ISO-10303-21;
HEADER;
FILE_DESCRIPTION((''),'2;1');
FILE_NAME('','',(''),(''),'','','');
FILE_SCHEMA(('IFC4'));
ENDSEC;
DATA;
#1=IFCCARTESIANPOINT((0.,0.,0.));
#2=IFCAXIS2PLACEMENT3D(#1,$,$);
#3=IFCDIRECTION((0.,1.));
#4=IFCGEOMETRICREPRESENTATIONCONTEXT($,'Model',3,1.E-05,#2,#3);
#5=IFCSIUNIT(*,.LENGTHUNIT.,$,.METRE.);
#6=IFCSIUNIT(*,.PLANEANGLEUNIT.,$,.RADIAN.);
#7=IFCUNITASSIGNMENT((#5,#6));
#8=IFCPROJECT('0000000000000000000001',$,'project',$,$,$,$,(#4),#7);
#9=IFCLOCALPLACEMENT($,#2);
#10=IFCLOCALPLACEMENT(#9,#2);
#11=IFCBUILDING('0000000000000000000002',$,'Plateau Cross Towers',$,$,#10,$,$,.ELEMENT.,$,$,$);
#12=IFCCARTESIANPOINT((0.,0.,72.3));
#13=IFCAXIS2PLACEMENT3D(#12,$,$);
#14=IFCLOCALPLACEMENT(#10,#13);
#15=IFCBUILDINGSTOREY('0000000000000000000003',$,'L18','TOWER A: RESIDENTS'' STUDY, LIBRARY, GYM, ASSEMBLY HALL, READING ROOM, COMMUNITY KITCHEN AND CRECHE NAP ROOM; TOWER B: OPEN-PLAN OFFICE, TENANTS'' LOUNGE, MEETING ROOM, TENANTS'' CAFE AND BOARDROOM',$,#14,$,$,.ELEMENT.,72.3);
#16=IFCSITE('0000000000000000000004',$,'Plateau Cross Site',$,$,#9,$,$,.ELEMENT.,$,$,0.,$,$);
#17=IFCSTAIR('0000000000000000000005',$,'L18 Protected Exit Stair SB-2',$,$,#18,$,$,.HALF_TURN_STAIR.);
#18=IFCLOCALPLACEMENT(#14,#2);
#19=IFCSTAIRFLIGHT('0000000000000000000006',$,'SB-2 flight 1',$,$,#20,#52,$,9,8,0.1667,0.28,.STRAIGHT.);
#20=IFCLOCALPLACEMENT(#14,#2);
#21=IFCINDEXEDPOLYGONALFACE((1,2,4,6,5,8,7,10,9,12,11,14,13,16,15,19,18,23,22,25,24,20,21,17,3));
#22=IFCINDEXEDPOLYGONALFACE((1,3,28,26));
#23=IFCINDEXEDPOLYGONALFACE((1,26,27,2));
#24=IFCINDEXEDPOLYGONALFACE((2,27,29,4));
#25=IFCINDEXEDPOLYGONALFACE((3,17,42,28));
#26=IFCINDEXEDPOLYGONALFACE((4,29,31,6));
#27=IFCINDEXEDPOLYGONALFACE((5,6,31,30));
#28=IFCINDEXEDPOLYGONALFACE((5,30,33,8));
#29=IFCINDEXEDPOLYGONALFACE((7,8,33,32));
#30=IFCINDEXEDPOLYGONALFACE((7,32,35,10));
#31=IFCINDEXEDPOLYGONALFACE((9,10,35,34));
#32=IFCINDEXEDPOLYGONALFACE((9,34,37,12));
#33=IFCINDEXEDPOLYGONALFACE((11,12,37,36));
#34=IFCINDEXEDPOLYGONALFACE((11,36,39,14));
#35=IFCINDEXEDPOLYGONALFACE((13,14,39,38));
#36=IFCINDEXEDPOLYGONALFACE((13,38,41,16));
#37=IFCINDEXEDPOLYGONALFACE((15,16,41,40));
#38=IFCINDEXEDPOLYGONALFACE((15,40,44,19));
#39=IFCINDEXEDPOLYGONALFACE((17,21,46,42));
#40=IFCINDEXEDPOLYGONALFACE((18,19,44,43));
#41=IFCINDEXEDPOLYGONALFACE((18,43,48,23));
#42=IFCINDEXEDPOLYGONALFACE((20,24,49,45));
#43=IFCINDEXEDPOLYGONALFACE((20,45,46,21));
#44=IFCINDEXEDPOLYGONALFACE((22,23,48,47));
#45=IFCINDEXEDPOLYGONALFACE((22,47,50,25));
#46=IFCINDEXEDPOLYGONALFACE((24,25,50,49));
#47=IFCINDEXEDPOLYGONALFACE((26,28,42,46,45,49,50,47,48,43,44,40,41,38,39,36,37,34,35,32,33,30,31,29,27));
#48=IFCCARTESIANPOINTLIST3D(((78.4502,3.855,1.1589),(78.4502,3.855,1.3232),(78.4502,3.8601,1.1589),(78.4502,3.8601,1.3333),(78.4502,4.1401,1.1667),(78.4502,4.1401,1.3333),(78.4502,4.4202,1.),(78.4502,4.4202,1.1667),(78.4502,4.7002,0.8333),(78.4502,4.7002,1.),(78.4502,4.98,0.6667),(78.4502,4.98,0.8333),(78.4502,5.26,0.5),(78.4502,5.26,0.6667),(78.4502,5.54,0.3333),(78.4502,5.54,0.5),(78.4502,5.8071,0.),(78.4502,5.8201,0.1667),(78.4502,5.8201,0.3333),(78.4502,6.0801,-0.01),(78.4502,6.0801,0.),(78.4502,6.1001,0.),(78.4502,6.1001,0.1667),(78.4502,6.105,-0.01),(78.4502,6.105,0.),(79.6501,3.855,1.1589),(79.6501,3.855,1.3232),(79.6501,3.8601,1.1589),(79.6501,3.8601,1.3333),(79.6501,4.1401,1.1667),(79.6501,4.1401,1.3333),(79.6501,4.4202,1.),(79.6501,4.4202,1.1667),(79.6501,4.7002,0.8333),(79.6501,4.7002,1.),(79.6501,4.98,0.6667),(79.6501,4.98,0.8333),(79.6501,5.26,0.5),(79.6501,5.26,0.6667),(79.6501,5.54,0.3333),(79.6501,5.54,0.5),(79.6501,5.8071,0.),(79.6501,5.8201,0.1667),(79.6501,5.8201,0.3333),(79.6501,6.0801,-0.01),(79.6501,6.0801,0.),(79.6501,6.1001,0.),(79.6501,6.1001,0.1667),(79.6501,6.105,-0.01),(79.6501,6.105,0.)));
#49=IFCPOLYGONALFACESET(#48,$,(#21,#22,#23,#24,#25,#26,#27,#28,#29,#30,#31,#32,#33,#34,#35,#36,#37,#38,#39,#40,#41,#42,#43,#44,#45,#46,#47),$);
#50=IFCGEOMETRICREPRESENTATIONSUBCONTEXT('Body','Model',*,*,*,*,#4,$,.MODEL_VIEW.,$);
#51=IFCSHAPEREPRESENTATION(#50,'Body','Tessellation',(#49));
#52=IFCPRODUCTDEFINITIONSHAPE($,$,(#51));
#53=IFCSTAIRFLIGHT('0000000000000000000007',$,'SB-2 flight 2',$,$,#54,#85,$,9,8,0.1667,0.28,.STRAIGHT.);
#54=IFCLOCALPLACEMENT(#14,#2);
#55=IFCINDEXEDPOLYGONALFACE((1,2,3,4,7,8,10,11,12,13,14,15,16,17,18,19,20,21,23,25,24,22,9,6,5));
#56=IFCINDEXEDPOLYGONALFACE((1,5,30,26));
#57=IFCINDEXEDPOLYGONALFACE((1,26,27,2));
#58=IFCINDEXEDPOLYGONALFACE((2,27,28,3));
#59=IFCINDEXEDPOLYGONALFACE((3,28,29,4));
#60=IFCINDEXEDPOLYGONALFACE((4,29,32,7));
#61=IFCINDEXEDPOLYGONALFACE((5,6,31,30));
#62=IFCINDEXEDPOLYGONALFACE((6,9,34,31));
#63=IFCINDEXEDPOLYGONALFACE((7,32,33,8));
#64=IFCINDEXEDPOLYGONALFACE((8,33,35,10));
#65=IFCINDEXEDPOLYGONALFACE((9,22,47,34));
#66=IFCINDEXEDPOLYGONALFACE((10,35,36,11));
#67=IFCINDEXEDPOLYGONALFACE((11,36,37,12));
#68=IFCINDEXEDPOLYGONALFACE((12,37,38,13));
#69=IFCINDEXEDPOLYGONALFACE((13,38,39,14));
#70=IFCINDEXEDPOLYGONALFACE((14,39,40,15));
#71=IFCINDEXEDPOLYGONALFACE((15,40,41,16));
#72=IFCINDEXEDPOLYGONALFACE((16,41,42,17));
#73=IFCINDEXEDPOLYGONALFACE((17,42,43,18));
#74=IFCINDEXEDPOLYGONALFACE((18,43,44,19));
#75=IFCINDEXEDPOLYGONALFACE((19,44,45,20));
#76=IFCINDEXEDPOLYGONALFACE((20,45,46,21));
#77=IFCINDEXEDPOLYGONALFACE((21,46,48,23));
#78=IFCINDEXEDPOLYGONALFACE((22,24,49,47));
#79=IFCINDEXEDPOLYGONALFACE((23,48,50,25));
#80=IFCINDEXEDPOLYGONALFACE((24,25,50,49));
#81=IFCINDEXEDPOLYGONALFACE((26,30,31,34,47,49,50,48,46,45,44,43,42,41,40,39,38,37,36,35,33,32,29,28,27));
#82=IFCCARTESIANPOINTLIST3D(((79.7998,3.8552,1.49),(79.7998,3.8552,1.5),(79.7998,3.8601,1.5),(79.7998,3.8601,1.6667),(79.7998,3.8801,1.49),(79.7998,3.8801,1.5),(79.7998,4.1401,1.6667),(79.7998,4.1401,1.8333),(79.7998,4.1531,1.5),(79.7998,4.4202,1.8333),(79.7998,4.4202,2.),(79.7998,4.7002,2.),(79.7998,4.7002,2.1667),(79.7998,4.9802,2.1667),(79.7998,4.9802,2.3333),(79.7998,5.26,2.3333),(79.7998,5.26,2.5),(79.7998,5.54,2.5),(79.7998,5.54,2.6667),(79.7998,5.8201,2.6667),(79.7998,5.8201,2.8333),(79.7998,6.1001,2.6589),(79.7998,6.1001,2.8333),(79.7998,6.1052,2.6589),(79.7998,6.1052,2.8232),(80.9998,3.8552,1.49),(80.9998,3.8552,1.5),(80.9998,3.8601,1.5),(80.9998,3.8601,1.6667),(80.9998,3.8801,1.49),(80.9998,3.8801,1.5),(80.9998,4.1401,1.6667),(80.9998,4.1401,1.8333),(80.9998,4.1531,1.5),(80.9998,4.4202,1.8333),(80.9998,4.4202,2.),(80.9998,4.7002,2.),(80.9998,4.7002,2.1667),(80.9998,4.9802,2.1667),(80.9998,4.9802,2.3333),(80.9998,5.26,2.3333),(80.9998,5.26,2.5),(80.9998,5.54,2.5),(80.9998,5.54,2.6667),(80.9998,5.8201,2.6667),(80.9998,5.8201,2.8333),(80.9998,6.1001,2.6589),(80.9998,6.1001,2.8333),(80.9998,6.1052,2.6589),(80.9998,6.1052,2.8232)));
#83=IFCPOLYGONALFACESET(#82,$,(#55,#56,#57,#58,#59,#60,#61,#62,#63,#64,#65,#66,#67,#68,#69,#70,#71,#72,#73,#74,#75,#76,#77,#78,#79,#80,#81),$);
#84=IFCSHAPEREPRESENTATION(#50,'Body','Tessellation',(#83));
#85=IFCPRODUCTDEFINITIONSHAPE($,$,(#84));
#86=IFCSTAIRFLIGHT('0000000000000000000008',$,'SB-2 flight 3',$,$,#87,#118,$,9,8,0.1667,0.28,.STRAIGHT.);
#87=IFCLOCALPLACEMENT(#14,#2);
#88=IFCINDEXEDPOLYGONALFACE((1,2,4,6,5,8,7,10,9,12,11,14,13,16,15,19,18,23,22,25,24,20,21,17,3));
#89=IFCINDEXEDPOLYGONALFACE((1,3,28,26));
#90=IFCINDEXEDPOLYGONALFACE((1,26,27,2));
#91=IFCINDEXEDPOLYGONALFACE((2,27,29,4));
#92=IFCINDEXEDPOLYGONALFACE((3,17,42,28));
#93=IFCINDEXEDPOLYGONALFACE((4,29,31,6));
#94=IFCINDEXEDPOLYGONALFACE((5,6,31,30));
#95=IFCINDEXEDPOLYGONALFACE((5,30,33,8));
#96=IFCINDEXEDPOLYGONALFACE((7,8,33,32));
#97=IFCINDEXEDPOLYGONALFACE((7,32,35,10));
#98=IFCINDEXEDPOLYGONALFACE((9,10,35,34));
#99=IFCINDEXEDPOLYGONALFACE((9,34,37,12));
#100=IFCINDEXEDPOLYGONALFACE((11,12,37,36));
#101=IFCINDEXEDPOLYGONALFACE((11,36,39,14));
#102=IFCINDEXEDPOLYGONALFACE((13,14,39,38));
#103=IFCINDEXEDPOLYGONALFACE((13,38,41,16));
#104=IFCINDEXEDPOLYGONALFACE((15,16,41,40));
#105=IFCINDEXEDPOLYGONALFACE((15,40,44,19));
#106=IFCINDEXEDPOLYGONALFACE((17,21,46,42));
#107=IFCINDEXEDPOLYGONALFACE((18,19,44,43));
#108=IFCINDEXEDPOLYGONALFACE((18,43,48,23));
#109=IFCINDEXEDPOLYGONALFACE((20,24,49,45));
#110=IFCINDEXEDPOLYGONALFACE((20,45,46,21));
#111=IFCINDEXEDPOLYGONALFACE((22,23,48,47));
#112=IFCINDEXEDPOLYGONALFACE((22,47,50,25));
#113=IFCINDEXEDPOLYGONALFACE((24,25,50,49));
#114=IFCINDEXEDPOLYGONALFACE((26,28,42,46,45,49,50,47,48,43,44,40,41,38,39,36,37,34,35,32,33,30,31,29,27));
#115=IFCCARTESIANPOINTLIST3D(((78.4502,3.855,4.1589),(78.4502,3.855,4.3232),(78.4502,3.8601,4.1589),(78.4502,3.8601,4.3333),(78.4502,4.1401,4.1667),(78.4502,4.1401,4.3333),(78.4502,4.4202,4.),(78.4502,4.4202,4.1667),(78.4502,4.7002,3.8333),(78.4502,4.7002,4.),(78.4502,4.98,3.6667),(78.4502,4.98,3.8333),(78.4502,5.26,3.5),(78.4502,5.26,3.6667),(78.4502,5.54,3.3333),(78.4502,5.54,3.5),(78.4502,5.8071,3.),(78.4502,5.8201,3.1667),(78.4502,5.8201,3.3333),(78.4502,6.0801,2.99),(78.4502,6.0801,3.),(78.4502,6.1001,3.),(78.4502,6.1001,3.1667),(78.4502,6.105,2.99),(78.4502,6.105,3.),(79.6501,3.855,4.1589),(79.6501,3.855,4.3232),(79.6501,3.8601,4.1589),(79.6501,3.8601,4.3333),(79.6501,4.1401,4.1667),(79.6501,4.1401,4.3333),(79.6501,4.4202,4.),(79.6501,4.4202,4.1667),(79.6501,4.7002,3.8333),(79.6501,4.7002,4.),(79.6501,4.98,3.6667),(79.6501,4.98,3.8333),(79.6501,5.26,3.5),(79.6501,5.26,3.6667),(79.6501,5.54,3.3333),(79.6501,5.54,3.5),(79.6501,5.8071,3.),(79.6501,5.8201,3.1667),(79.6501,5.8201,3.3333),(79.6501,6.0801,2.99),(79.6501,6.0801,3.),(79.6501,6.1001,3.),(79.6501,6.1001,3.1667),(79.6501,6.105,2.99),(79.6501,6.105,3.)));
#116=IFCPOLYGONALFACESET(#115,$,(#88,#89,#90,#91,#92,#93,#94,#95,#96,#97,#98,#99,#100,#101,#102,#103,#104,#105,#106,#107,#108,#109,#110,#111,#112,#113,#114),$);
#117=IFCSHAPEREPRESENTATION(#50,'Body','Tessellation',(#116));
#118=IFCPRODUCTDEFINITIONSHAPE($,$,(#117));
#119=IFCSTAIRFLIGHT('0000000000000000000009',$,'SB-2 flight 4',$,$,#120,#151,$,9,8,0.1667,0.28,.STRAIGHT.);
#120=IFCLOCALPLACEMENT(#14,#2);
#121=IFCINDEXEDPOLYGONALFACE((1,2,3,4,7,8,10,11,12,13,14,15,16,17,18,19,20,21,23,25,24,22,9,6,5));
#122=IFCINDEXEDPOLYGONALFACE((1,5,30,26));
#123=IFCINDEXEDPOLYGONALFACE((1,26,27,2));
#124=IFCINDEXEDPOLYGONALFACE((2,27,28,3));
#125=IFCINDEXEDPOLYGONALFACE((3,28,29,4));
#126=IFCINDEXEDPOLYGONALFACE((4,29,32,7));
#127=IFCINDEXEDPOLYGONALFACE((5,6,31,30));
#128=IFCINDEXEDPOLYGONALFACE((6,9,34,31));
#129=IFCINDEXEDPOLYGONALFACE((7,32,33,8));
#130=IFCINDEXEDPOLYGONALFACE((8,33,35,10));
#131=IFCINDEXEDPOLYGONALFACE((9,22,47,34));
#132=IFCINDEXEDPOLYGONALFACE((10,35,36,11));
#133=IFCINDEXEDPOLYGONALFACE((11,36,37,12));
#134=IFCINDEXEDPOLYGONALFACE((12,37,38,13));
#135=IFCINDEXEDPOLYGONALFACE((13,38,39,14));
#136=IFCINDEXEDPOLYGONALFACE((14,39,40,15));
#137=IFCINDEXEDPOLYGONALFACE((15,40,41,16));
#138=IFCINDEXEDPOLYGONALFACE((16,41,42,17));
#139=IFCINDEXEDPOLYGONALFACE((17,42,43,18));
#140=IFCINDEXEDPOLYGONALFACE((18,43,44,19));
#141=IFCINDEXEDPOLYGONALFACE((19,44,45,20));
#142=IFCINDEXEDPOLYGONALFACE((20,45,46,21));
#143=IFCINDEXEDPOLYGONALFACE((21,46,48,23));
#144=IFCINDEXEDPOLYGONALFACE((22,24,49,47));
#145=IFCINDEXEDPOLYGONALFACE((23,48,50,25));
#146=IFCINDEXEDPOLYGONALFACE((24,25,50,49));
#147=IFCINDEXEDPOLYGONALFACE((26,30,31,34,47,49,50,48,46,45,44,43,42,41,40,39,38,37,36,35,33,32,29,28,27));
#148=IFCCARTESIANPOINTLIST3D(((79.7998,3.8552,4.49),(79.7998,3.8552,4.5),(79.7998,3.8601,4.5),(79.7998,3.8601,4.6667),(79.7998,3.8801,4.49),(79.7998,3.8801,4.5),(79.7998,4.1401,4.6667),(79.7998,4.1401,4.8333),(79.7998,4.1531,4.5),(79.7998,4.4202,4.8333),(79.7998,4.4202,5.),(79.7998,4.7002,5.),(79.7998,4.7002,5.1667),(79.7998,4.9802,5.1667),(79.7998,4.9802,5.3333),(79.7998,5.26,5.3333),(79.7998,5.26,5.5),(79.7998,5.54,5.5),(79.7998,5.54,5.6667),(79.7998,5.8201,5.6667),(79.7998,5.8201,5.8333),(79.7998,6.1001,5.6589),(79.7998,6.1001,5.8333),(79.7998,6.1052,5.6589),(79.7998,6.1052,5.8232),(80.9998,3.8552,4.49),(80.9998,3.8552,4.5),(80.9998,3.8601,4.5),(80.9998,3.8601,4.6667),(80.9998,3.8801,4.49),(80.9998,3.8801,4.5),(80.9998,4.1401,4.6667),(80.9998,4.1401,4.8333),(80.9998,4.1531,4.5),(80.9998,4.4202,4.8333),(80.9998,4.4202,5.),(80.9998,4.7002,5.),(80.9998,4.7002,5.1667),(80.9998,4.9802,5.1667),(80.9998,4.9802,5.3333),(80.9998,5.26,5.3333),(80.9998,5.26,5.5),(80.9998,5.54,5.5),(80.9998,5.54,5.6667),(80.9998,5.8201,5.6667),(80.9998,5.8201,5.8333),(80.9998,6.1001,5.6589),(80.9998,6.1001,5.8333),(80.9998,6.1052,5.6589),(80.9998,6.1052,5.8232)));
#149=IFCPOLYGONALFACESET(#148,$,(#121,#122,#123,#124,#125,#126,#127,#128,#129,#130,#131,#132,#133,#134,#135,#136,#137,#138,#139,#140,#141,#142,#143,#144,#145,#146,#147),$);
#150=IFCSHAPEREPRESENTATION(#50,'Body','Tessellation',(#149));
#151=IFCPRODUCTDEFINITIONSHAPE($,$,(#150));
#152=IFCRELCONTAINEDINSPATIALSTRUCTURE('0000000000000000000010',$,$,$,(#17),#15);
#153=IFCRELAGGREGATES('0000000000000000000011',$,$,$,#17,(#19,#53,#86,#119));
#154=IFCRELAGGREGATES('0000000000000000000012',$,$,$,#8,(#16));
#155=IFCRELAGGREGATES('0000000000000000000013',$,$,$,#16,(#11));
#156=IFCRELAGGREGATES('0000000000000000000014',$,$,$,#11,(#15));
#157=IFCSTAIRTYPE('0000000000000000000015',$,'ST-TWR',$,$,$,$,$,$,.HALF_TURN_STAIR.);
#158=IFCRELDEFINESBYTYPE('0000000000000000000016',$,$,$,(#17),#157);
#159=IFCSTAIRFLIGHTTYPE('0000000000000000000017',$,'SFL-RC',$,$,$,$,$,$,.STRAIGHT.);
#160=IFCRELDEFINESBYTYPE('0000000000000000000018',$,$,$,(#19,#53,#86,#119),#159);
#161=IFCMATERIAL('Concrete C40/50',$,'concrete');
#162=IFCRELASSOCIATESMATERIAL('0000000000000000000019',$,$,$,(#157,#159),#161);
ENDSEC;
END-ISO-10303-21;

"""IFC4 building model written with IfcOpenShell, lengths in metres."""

from ifc_helpers import new_model, si_unit, direction, frame, origin, place, context, subcontext, project, spatial, polyline, outline, extrude, material, type_object, element, aggregate, save


model = new_model("IFC4")

# Units and contexts
model_context = context("Model", 3, precision=1e-05, world=origin(), true_north=direction((0.0, 1.0)))
body_context = subcontext(model_context, "Body", "Model", "MODEL_VIEW")
ifc_project = project(units=[si_unit("LENGTHUNIT", "METRE"), si_unit("PLANEANGLEUNIT", "RADIAN")], contexts=[model_context])

# Site, building, storey
site_placement = place(None, origin())
site = spatial("IfcSite", under=ifc_project, at=site_placement, Name="Plateau Cross Site", CompositionType="ELEMENT", RefElevation=0.0)
building_placement = place(site_placement, origin())
building = spatial("IfcBuilding", under=site, at=building_placement, Name="Plateau Cross Towers", CompositionType="ELEMENT")
storey_placement = place(building_placement, frame((0.0, 0.0, 72.3)))
storey = spatial("IfcBuildingStorey", under=building, at=storey_placement, Name="L18", Description="TOWER A: RESIDENTS' STUDY, LIBRARY, GYM, ASSEMBLY HALL, READING ROOM, COMMUNITY KITCHEN AND CRECHE NAP ROOM; TOWER B: OPEN-PLAN OFFICE, TENANTS' LOUNGE, MEETING ROOM, TENANTS' CAFE AND BOARDROOM", CompositionType="ELEMENT", Elevation=72.3)

# Stair, stair flights
ifc_material_1 = material(Name="Concrete C40/50", Category="concrete")
stair_type = type_object("IfcStairType", Name="ST-TWR", PredefinedType="HALF_TURN_STAIR", material=ifc_material_1)
stair_placement = place(storey_placement, origin())
stair = element("IfcStair", 1, at=stair_placement, inside=storey, type_object=stair_type, Name="L18 Protected Exit Stair SB-2", PredefinedType="HALF_TURN_STAIR")
stair_flight_type = type_object("IfcStairFlightType", Name="SFL-RC", PredefinedType="STRAIGHT", material=ifc_material_1)
stair_flight_1_placement = place(storey_placement, frame((79.05, 6.1001, 0.0), z_axis=(0.0, 0.0, 1.0), x_axis=(0.0, -1.0, 0.0)))
stair_flight_1 = element("IfcStairFlight", 2, at=stair_flight_1_placement, type_object=stair_flight_type, Name="SB-2 flight 1", NumberOfRisers=9, NumberOfTreads=8, PredefinedType="STRAIGHT", RiserHeight=0.1667, TreadLength=0.28, context=body_context, shape_type="SweptSolid", body=[
    extrude(outline(polyline([(-0.0049, -0.01), (-0.0049, 0.0), (0.0, 0.0), (0.0, 0.1667), (0.28, 0.1667), (0.28, 0.3333), (0.5601, 0.3333), (0.5601, 0.5), (0.8401, 0.5), (0.8401, 0.6667), (1.1201, 0.6667), (1.1201, 0.8333), (1.3999, 0.8333), (1.3999, 1.0), (1.6799, 1.0), (1.6799, 1.1667), (1.96, 1.1667), (1.96, 1.3333), (2.24, 1.3333), (2.2451, 1.3232), (2.2451, 1.1589), (2.24, 1.1589), (0.293, 0.0), (0.02, 0.0), (0.02, -0.01), (-0.0049, -0.01)])), frame((0.0, 0.6001, 0.0), z_axis=(0.0, -1.0, 0.0), x_axis=(1.0, 0.0, 0.0)), (0.0, 0.0, 1.0), 1.2),
])
stair_flight_2_placement = place(storey_placement, frame((80.3999, 3.8601, 1.5), z_axis=(0.0, 0.0, 1.0), x_axis=(0.0, 1.0, 0.0)))
stair_flight_2 = element("IfcStairFlight", 3, at=stair_flight_2_placement, type_object=stair_flight_type, Name="SB-2 flight 2", NumberOfRisers=9, NumberOfTreads=8, PredefinedType="STRAIGHT", RiserHeight=0.1667, TreadLength=0.28, context=body_context, shape_type="SweptSolid", body=[
    extrude(outline(polyline([(-0.0049, -0.01), (-0.0049, 0.0), (0.0, 0.0), (0.0, 0.1667), (0.28, 0.1667), (0.28, 0.3333), (0.5601, 0.3333), (0.5601, 0.5), (0.8401, 0.5), (0.8401, 0.6667), (1.1201, 0.6667), (1.1201, 0.8333), (1.3999, 0.8333), (1.3999, 1.0), (1.6799, 1.0), (1.6799, 1.1667), (1.96, 1.1667), (1.96, 1.3333), (2.24, 1.3333), (2.2451, 1.3232), (2.2451, 1.1589), (2.24, 1.1589), (0.293, 0.0), (0.02, 0.0), (0.02, -0.01), (-0.0049, -0.01)])), frame((0.0, 0.6001, 0.0), z_axis=(0.0, -1.0, 0.0), x_axis=(1.0, 0.0, 0.0)), (0.0, 0.0, 1.0), 1.2),
])
stair_flight_3_placement = place(storey_placement, frame((79.05, 6.1001, 3.0), z_axis=(0.0, 0.0, 1.0), x_axis=(0.0, -1.0, 0.0)))
stair_flight_3 = element("IfcStairFlight", 4, at=stair_flight_3_placement, type_object=stair_flight_type, Name="SB-2 flight 3", NumberOfRisers=9, NumberOfTreads=8, PredefinedType="STRAIGHT", RiserHeight=0.1667, TreadLength=0.28, context=body_context, shape_type="SweptSolid", body=[
    extrude(outline(polyline([(-0.0049, -0.01), (-0.0049, 0.0), (0.0, 0.0), (0.0, 0.1667), (0.28, 0.1667), (0.28, 0.3333), (0.5601, 0.3333), (0.5601, 0.5), (0.8401, 0.5), (0.8401, 0.6667), (1.1201, 0.6667), (1.1201, 0.8333), (1.3999, 0.8333), (1.3999, 1.0), (1.6799, 1.0), (1.6799, 1.1667), (1.96, 1.1667), (1.96, 1.3333), (2.24, 1.3333), (2.2451, 1.3232), (2.2451, 1.1589), (2.24, 1.1589), (0.293, 0.0), (0.02, 0.0), (0.02, -0.01), (-0.0049, -0.01)])), frame((0.0, 0.6001, 0.0), z_axis=(0.0, -1.0, 0.0), x_axis=(1.0, 0.0, 0.0)), (0.0, 0.0, 1.0), 1.2),
])
stair_flight_4_placement = place(storey_placement, frame((80.3999, 3.8601, 4.5), z_axis=(0.0, 0.0, 1.0), x_axis=(0.0, 1.0, 0.0)))
stair_flight_4 = element("IfcStairFlight", 5, at=stair_flight_4_placement, type_object=stair_flight_type, Name="SB-2 flight 4", NumberOfRisers=9, NumberOfTreads=8, PredefinedType="STRAIGHT", RiserHeight=0.1667, TreadLength=0.28, context=body_context, shape_type="SweptSolid", body=[
    extrude(outline(polyline([(-0.0049, -0.01), (-0.0049, 0.0), (0.0, 0.0), (0.0, 0.1667), (0.28, 0.1667), (0.28, 0.3333), (0.5601, 0.3333), (0.5601, 0.5), (0.8401, 0.5), (0.8401, 0.6667), (1.1201, 0.6667), (1.1201, 0.8333), (1.3999, 0.8333), (1.3999, 1.0), (1.6799, 1.0), (1.6799, 1.1667), (1.96, 1.1667), (1.96, 1.3333), (2.24, 1.3333), (2.2451, 1.3232), (2.2451, 1.1589), (2.24, 1.1589), (0.293, 0.0), (0.02, 0.0), (0.02, -0.01), (-0.0049, -0.01)])), frame((0.0, 0.6001, 0.0), z_axis=(0.0, -1.0, 0.0), x_axis=(1.0, 0.0, 0.0)), (0.0, 0.0, 1.0), 1.2),
])
aggregate(stair, [stair_flight_1, stair_flight_2, stair_flight_3, stair_flight_4])

save(model, "model.ifc")
